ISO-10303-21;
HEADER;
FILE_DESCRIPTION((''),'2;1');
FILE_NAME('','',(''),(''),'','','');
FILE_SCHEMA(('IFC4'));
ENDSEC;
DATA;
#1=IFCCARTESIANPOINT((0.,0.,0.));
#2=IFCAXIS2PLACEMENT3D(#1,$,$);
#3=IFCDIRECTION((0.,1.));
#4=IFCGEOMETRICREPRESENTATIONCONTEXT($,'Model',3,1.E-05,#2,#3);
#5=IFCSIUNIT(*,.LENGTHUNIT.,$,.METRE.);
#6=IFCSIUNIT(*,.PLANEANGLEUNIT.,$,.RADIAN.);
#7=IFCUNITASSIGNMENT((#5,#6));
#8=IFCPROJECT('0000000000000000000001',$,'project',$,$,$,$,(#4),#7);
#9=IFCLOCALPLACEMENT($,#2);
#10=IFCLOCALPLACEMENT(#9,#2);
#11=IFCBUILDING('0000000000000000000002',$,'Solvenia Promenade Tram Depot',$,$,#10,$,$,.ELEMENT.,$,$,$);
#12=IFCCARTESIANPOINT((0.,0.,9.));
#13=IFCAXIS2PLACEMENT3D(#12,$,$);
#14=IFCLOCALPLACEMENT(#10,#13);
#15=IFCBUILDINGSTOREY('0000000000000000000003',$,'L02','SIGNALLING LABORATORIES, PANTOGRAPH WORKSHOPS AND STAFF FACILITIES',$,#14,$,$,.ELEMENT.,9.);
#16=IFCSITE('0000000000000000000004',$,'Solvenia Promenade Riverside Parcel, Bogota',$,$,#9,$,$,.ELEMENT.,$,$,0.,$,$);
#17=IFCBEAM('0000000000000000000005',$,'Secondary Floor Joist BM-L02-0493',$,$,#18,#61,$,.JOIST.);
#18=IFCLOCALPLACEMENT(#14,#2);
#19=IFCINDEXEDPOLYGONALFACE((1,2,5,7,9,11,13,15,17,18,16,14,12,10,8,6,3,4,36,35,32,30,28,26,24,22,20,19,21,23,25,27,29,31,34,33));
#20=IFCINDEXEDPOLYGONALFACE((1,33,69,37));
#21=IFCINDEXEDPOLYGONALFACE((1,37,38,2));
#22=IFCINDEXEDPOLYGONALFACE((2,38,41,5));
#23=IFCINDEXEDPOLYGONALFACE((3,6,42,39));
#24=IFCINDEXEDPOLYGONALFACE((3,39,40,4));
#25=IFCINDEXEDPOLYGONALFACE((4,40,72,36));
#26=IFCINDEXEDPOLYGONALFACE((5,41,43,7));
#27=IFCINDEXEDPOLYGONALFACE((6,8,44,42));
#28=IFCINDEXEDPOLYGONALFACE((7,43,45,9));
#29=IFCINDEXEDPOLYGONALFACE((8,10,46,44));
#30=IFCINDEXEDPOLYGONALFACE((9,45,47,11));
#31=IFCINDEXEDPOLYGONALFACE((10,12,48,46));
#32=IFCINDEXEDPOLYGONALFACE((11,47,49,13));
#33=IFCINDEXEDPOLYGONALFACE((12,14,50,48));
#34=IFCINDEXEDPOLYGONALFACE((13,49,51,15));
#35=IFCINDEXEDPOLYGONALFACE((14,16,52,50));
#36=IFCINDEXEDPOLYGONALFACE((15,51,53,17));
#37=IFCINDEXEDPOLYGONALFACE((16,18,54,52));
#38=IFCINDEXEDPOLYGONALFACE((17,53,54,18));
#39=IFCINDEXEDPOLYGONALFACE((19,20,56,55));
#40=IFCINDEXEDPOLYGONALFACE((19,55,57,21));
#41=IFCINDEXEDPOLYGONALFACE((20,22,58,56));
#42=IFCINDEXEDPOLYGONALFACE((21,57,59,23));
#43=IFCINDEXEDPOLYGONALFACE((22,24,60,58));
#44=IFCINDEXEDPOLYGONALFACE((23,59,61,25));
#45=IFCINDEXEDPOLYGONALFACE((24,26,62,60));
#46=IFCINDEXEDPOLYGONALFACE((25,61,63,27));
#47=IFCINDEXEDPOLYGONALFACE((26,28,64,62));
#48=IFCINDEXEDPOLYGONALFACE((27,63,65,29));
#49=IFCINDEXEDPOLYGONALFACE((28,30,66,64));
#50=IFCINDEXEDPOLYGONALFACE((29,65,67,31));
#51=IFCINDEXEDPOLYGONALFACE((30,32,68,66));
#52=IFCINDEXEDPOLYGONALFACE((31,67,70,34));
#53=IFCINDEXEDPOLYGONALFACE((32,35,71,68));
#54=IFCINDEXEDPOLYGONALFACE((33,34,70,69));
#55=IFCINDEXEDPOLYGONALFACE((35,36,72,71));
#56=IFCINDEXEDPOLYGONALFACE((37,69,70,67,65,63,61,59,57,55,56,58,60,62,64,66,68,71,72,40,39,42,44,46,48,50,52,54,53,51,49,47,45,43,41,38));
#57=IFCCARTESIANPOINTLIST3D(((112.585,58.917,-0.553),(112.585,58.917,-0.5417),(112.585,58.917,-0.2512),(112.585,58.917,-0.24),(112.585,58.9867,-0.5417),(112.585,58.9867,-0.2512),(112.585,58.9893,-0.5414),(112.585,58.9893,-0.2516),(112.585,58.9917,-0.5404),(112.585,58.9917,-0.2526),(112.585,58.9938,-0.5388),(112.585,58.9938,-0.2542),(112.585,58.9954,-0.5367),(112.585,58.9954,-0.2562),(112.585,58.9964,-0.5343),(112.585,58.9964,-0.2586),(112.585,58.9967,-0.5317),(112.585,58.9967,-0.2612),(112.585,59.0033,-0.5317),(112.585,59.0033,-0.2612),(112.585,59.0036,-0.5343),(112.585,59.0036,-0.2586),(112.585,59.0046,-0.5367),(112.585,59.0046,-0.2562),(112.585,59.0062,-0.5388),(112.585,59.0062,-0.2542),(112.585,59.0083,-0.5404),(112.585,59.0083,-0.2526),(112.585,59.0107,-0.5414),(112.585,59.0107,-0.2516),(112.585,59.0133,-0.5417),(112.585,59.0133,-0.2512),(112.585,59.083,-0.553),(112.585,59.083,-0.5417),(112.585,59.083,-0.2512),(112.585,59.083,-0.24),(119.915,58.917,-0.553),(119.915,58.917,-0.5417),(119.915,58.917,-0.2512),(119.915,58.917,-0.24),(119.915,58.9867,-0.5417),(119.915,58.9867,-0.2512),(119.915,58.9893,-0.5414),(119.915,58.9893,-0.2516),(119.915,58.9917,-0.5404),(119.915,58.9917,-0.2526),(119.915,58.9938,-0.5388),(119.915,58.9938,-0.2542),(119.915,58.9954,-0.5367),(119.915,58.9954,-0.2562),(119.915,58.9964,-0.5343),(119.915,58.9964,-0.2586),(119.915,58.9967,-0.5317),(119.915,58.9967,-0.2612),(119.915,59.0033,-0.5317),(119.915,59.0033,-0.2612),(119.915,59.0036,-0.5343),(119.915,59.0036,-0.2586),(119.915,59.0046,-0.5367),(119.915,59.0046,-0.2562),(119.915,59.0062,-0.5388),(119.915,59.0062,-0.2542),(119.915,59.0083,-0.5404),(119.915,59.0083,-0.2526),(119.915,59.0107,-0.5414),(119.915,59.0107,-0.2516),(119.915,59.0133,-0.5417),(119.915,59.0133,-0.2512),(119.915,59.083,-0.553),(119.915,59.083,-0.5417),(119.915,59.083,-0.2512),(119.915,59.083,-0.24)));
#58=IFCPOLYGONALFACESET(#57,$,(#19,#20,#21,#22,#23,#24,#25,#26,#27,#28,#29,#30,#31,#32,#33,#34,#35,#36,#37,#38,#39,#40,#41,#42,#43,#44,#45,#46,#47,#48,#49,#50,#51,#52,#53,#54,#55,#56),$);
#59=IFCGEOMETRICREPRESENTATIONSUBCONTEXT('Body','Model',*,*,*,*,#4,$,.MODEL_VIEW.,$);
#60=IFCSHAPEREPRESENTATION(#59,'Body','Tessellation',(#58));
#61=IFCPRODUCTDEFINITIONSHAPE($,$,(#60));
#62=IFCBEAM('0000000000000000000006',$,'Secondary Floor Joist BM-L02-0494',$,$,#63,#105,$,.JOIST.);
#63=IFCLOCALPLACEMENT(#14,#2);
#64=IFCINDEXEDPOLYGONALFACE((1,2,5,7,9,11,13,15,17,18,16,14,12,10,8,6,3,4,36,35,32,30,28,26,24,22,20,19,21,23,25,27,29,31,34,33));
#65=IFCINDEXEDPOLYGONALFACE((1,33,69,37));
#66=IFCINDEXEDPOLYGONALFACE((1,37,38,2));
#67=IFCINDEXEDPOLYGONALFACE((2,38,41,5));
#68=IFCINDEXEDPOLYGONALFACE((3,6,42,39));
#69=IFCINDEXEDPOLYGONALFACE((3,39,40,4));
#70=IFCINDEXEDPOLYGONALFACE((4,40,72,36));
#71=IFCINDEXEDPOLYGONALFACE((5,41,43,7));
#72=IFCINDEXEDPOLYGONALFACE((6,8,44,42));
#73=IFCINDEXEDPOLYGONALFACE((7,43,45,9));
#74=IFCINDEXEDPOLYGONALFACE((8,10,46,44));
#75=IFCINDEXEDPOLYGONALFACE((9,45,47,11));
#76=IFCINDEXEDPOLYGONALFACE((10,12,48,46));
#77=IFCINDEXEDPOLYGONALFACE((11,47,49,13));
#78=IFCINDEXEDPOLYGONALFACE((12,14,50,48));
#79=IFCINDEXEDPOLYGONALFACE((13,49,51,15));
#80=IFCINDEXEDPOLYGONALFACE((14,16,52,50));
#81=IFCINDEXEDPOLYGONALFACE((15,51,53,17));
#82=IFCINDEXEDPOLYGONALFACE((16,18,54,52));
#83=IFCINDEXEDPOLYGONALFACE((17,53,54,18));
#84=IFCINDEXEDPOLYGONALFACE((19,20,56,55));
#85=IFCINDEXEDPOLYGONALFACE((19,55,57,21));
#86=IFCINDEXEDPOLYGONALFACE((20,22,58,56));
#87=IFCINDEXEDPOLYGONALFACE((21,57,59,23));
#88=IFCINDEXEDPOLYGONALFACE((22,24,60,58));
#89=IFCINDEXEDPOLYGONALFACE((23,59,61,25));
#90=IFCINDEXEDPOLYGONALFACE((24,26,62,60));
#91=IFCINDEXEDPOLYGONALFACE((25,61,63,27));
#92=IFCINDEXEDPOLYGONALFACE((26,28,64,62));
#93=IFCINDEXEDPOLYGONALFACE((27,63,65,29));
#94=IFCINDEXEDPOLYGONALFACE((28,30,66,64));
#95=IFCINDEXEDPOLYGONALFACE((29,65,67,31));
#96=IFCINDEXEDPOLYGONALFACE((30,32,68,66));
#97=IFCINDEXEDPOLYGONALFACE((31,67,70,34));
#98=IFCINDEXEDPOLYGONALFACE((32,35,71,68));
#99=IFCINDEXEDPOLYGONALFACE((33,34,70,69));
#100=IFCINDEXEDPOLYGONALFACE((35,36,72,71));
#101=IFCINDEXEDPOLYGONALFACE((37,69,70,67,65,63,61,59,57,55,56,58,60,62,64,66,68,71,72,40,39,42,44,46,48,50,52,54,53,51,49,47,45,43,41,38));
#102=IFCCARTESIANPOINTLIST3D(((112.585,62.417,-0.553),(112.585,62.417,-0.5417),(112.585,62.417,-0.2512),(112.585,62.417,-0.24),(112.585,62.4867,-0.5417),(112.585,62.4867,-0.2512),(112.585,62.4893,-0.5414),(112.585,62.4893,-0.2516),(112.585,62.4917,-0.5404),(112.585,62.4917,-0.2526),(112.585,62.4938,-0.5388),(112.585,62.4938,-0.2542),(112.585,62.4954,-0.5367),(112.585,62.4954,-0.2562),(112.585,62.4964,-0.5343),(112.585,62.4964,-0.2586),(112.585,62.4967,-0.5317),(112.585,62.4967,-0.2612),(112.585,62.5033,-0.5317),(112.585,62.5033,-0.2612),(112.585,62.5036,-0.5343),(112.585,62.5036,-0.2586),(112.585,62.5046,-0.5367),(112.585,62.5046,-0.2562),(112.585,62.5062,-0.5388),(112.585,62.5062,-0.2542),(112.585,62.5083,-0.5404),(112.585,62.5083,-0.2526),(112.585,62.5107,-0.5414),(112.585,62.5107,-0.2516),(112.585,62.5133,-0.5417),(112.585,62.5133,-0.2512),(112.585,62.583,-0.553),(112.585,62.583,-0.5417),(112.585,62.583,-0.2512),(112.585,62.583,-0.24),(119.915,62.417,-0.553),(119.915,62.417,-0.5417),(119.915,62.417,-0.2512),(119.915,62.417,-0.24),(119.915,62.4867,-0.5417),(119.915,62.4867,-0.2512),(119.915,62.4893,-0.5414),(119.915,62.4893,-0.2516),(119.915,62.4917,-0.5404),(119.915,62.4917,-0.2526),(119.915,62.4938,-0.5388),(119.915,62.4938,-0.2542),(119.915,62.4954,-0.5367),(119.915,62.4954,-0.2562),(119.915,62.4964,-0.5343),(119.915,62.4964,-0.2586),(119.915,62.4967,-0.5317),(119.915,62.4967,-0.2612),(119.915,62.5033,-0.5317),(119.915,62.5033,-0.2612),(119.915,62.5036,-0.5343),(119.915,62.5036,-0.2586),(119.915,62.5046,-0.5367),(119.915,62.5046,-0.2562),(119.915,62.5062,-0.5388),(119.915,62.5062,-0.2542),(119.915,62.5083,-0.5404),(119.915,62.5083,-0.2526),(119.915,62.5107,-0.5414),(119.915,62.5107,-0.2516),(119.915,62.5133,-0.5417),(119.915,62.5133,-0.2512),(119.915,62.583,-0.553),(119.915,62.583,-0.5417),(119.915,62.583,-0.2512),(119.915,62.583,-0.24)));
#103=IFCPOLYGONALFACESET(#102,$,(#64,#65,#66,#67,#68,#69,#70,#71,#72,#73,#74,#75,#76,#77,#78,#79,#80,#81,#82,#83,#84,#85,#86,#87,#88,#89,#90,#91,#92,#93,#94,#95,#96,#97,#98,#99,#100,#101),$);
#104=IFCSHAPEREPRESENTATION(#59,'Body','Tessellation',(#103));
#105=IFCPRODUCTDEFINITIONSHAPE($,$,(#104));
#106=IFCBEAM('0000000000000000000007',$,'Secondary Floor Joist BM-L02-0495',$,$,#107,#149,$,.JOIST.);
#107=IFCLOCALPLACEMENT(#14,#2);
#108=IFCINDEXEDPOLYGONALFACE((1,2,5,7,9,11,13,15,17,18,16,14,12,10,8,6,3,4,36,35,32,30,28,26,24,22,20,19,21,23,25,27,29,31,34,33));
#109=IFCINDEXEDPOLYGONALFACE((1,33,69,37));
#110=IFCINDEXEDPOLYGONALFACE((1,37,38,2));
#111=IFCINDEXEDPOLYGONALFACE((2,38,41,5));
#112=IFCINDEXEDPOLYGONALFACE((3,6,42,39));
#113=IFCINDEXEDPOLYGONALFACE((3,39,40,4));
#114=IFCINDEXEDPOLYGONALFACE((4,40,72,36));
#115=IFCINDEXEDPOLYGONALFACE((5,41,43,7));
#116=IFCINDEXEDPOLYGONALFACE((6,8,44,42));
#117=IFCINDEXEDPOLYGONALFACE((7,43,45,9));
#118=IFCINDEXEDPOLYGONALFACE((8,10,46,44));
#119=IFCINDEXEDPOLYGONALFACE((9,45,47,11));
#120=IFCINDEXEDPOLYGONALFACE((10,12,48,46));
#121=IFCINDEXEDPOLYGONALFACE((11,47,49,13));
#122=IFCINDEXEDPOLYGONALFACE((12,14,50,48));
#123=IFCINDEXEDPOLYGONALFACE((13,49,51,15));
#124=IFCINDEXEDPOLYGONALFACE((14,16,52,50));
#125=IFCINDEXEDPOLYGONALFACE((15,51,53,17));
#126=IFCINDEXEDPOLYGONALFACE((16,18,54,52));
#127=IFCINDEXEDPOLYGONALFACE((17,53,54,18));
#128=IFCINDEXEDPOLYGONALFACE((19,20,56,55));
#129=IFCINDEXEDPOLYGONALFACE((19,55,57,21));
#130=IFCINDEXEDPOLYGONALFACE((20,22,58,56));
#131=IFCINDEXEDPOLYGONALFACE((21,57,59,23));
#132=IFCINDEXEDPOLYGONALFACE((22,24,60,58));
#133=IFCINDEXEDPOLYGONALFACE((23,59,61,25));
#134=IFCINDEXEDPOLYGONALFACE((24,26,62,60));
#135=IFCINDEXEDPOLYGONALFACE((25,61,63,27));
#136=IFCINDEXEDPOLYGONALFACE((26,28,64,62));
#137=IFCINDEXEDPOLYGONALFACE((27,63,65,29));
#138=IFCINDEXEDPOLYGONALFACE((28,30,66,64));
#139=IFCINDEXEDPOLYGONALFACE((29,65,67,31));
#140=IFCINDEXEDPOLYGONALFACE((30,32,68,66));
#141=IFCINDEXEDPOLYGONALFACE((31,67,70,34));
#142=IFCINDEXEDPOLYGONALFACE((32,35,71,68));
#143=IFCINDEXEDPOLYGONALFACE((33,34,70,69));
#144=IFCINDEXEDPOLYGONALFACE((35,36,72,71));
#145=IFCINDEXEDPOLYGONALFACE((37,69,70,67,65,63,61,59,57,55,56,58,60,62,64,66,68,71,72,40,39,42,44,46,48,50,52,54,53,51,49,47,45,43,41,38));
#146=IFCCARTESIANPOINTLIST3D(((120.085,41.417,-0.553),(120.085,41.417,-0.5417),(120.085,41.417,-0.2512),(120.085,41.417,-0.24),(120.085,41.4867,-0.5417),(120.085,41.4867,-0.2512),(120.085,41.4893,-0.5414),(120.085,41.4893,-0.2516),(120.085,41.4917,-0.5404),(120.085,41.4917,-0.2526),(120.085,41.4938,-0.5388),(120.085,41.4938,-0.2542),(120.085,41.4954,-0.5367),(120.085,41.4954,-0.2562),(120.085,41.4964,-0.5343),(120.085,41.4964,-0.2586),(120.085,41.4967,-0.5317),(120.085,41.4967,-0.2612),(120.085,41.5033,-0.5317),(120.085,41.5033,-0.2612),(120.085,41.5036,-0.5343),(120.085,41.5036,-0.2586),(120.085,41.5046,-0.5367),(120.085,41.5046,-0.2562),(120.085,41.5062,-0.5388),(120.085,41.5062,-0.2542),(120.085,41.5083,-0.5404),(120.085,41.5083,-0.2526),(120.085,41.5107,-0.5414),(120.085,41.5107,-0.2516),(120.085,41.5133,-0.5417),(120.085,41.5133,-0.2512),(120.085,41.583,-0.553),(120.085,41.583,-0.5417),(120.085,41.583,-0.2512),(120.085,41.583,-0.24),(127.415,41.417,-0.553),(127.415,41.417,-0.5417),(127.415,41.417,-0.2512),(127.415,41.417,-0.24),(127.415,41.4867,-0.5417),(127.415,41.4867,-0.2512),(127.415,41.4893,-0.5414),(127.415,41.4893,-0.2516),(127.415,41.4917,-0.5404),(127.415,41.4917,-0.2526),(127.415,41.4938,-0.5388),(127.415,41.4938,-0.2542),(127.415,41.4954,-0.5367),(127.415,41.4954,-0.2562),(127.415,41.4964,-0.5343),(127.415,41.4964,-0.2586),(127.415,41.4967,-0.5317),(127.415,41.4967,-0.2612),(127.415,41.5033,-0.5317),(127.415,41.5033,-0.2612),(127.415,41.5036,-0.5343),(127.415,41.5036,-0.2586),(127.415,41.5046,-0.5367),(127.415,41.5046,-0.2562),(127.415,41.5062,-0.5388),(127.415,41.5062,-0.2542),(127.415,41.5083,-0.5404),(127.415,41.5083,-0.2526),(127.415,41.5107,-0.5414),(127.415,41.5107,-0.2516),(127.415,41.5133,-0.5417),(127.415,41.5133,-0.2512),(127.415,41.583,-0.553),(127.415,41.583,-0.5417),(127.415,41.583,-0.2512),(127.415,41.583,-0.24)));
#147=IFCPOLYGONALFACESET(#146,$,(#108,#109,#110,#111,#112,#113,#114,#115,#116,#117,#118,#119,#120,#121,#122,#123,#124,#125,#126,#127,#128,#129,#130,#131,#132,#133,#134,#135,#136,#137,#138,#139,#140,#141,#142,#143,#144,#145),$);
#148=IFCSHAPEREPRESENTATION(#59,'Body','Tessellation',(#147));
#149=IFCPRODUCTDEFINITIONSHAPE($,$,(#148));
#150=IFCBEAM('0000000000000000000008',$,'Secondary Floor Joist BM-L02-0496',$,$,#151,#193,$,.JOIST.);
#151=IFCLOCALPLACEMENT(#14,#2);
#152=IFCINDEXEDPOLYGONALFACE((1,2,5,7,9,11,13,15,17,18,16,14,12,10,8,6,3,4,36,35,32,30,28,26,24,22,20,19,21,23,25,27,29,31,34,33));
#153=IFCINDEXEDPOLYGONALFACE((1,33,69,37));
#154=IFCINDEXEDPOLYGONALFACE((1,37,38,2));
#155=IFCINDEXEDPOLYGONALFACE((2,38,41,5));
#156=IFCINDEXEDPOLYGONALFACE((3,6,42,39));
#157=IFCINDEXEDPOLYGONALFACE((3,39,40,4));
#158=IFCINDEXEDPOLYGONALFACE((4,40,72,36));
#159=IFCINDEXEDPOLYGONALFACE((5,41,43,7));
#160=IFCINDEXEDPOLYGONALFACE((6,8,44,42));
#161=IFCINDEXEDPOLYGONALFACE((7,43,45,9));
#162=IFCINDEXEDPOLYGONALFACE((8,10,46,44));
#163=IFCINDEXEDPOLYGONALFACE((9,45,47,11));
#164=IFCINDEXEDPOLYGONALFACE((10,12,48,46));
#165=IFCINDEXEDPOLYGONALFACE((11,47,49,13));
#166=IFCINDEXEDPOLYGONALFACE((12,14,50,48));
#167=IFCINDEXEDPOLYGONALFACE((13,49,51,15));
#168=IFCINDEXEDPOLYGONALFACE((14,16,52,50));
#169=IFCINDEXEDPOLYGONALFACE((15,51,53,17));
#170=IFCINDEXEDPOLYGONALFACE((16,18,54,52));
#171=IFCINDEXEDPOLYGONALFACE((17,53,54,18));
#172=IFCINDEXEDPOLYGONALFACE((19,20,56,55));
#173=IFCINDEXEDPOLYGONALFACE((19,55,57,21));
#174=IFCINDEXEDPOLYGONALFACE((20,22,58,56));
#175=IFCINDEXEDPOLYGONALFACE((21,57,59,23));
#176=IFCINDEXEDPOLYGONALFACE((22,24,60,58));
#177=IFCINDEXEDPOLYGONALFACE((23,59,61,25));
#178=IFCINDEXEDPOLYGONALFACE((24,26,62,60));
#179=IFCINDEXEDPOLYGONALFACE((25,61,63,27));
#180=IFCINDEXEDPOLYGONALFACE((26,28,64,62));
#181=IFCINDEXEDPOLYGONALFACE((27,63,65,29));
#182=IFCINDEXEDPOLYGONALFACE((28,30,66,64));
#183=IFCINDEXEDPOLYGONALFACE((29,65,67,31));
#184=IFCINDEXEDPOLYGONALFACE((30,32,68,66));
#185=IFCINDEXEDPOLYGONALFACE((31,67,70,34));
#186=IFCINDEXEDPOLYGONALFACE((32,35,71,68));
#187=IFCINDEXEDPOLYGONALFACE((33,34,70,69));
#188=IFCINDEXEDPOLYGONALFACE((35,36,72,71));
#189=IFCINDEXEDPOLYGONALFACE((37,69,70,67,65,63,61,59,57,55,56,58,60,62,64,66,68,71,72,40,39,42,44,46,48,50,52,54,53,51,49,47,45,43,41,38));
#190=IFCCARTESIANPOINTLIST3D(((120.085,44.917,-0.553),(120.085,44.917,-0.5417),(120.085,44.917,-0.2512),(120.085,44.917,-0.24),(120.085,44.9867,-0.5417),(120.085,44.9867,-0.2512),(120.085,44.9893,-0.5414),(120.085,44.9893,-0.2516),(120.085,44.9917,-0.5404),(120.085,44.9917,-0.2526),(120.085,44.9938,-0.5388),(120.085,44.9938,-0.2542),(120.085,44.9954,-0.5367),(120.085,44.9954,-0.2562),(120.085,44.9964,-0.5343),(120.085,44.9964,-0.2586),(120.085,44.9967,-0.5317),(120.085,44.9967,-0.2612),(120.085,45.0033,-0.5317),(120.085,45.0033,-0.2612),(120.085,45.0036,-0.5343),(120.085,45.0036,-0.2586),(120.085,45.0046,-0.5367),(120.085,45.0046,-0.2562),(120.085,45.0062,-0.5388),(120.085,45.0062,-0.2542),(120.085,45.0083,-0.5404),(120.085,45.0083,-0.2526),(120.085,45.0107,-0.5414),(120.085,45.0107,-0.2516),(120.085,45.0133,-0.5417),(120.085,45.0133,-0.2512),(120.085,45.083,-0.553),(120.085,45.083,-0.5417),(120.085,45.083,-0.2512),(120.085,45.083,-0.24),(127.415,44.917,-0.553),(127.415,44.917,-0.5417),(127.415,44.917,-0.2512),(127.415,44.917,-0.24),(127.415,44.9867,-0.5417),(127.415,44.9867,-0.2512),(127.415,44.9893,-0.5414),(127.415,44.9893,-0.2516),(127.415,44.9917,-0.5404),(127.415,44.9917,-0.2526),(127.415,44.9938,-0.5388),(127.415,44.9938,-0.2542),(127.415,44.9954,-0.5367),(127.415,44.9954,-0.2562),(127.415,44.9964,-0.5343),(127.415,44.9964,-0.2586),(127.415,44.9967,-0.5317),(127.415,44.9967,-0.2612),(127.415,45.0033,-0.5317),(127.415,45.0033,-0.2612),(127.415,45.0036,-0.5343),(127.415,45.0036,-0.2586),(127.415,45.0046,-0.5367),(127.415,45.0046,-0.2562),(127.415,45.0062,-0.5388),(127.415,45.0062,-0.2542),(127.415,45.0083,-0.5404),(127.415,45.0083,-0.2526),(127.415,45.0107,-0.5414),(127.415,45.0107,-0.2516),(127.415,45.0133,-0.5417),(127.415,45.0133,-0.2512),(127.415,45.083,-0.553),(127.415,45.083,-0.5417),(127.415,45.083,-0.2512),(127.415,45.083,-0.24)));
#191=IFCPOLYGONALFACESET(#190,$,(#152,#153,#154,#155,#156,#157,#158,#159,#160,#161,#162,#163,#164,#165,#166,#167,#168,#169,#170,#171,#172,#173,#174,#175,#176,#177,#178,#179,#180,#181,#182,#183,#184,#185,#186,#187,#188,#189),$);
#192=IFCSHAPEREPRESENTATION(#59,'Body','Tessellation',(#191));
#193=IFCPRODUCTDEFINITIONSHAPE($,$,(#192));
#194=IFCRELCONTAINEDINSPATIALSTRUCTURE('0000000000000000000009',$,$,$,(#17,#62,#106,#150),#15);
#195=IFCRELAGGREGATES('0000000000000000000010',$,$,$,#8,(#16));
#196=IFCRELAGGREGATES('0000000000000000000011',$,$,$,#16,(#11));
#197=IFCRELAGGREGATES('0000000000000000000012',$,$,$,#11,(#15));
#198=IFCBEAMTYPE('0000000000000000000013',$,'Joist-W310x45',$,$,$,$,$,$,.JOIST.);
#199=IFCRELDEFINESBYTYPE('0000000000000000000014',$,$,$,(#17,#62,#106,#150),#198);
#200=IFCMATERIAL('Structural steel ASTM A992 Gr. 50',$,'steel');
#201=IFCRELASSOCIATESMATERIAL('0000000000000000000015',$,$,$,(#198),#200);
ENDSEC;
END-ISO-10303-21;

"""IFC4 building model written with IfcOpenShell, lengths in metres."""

from ifc_helpers import new_model, si_unit, direction, frame, origin, origin_2d, place, context, subcontext, project, spatial, i_section, extrude, material, material_profile, profile_set, type_object, element, save


model = new_model("IFC4")

# Units and contexts
model_context = context("Model", 3, precision=1e-05, world=origin(), true_north=direction((0.0, 1.0)))
body_context = subcontext(model_context, "Body", "Model", "MODEL_VIEW")
ifc_project = project(units=[si_unit("LENGTHUNIT", "METRE"), si_unit("PLANEANGLEUNIT", "RADIAN")], contexts=[model_context])

# Site, building, storey
site_placement = place(None, origin())
site = spatial("IfcSite", under=ifc_project, at=site_placement, Name="Solvenia Promenade Riverside Parcel, Bogota", CompositionType="ELEMENT", RefElevation=0.0)
building_placement = place(site_placement, origin())
building = spatial("IfcBuilding", under=site, at=building_placement, Name="Solvenia Promenade Tram Depot", CompositionType="ELEMENT")
storey_placement = place(building_placement, frame((0.0, 0.0, 9.0)))
storey = spatial("IfcBuildingStorey", under=building, at=storey_placement, Name="L02", Description="SIGNALLING LABORATORIES, PANTOGRAPH WORKSHOPS AND STAFF FACILITIES", CompositionType="ELEMENT", Elevation=9.0)

# Shared definitions
ifc_material_1 = material(Name="Structural steel ASTM A992 Gr. 50", Category="steel")

# Beams
ifc_material_profile_1 = material_profile(ifc_material_1, i_section(OverallWidth=0.166, OverallDepth=0.313, WebThickness=0.0066, FlangeThickness=0.0112, FilletRadius=0.01, at=origin_2d()), Name="W310x45", Category="steel")
ifc_profile_set_1 = profile_set([ifc_material_profile_1], Name="Structural steel ASTM A992 Gr. 50")
beam_type_1 = type_object("IfcBeamType", Name="Joist-W310x45", PredefinedType="JOIST", material=ifc_profile_set_1)
for number, where, z_axis, x_axis, name in (
    (1, (112.585, 59.0, -0.3965), (1.0, 0.0, 0.0), (0.0, 1.0, 0.0), "Secondary Floor Joist BM-L02-0493"),
    (2, (112.585, 62.5, -0.3965), (1.0, 0.0, 0.0), (0.0, 1.0, 0.0), "Secondary Floor Joist BM-L02-0494"),
    (3, (120.085, 41.5, -0.3965), (1.0, 0.0, 0.0), (0.0, 1.0, 0.0), "Secondary Floor Joist BM-L02-0495"),
    (4, (120.085, 45.0, -0.3965), (1.0, 0.0, 0.0), (0.0, 1.0, 0.0), "Secondary Floor Joist BM-L02-0496"),
):
    element("IfcBeam", number, at=place(storey_placement, frame(where, z_axis=z_axis, x_axis=x_axis)), inside=storey, type_object=beam_type_1, Name=name, PredefinedType="JOIST", context=body_context, shape_type="SweptSolid", body=[
        extrude(i_section(OverallWidth=0.166, OverallDepth=0.313, WebThickness=0.0066, FlangeThickness=0.0112, FilletRadius=0.01, at=origin_2d()), origin(), (0.0, 0.0, 1.0), 7.3301),
    ])

save(model, "model.ifc")
